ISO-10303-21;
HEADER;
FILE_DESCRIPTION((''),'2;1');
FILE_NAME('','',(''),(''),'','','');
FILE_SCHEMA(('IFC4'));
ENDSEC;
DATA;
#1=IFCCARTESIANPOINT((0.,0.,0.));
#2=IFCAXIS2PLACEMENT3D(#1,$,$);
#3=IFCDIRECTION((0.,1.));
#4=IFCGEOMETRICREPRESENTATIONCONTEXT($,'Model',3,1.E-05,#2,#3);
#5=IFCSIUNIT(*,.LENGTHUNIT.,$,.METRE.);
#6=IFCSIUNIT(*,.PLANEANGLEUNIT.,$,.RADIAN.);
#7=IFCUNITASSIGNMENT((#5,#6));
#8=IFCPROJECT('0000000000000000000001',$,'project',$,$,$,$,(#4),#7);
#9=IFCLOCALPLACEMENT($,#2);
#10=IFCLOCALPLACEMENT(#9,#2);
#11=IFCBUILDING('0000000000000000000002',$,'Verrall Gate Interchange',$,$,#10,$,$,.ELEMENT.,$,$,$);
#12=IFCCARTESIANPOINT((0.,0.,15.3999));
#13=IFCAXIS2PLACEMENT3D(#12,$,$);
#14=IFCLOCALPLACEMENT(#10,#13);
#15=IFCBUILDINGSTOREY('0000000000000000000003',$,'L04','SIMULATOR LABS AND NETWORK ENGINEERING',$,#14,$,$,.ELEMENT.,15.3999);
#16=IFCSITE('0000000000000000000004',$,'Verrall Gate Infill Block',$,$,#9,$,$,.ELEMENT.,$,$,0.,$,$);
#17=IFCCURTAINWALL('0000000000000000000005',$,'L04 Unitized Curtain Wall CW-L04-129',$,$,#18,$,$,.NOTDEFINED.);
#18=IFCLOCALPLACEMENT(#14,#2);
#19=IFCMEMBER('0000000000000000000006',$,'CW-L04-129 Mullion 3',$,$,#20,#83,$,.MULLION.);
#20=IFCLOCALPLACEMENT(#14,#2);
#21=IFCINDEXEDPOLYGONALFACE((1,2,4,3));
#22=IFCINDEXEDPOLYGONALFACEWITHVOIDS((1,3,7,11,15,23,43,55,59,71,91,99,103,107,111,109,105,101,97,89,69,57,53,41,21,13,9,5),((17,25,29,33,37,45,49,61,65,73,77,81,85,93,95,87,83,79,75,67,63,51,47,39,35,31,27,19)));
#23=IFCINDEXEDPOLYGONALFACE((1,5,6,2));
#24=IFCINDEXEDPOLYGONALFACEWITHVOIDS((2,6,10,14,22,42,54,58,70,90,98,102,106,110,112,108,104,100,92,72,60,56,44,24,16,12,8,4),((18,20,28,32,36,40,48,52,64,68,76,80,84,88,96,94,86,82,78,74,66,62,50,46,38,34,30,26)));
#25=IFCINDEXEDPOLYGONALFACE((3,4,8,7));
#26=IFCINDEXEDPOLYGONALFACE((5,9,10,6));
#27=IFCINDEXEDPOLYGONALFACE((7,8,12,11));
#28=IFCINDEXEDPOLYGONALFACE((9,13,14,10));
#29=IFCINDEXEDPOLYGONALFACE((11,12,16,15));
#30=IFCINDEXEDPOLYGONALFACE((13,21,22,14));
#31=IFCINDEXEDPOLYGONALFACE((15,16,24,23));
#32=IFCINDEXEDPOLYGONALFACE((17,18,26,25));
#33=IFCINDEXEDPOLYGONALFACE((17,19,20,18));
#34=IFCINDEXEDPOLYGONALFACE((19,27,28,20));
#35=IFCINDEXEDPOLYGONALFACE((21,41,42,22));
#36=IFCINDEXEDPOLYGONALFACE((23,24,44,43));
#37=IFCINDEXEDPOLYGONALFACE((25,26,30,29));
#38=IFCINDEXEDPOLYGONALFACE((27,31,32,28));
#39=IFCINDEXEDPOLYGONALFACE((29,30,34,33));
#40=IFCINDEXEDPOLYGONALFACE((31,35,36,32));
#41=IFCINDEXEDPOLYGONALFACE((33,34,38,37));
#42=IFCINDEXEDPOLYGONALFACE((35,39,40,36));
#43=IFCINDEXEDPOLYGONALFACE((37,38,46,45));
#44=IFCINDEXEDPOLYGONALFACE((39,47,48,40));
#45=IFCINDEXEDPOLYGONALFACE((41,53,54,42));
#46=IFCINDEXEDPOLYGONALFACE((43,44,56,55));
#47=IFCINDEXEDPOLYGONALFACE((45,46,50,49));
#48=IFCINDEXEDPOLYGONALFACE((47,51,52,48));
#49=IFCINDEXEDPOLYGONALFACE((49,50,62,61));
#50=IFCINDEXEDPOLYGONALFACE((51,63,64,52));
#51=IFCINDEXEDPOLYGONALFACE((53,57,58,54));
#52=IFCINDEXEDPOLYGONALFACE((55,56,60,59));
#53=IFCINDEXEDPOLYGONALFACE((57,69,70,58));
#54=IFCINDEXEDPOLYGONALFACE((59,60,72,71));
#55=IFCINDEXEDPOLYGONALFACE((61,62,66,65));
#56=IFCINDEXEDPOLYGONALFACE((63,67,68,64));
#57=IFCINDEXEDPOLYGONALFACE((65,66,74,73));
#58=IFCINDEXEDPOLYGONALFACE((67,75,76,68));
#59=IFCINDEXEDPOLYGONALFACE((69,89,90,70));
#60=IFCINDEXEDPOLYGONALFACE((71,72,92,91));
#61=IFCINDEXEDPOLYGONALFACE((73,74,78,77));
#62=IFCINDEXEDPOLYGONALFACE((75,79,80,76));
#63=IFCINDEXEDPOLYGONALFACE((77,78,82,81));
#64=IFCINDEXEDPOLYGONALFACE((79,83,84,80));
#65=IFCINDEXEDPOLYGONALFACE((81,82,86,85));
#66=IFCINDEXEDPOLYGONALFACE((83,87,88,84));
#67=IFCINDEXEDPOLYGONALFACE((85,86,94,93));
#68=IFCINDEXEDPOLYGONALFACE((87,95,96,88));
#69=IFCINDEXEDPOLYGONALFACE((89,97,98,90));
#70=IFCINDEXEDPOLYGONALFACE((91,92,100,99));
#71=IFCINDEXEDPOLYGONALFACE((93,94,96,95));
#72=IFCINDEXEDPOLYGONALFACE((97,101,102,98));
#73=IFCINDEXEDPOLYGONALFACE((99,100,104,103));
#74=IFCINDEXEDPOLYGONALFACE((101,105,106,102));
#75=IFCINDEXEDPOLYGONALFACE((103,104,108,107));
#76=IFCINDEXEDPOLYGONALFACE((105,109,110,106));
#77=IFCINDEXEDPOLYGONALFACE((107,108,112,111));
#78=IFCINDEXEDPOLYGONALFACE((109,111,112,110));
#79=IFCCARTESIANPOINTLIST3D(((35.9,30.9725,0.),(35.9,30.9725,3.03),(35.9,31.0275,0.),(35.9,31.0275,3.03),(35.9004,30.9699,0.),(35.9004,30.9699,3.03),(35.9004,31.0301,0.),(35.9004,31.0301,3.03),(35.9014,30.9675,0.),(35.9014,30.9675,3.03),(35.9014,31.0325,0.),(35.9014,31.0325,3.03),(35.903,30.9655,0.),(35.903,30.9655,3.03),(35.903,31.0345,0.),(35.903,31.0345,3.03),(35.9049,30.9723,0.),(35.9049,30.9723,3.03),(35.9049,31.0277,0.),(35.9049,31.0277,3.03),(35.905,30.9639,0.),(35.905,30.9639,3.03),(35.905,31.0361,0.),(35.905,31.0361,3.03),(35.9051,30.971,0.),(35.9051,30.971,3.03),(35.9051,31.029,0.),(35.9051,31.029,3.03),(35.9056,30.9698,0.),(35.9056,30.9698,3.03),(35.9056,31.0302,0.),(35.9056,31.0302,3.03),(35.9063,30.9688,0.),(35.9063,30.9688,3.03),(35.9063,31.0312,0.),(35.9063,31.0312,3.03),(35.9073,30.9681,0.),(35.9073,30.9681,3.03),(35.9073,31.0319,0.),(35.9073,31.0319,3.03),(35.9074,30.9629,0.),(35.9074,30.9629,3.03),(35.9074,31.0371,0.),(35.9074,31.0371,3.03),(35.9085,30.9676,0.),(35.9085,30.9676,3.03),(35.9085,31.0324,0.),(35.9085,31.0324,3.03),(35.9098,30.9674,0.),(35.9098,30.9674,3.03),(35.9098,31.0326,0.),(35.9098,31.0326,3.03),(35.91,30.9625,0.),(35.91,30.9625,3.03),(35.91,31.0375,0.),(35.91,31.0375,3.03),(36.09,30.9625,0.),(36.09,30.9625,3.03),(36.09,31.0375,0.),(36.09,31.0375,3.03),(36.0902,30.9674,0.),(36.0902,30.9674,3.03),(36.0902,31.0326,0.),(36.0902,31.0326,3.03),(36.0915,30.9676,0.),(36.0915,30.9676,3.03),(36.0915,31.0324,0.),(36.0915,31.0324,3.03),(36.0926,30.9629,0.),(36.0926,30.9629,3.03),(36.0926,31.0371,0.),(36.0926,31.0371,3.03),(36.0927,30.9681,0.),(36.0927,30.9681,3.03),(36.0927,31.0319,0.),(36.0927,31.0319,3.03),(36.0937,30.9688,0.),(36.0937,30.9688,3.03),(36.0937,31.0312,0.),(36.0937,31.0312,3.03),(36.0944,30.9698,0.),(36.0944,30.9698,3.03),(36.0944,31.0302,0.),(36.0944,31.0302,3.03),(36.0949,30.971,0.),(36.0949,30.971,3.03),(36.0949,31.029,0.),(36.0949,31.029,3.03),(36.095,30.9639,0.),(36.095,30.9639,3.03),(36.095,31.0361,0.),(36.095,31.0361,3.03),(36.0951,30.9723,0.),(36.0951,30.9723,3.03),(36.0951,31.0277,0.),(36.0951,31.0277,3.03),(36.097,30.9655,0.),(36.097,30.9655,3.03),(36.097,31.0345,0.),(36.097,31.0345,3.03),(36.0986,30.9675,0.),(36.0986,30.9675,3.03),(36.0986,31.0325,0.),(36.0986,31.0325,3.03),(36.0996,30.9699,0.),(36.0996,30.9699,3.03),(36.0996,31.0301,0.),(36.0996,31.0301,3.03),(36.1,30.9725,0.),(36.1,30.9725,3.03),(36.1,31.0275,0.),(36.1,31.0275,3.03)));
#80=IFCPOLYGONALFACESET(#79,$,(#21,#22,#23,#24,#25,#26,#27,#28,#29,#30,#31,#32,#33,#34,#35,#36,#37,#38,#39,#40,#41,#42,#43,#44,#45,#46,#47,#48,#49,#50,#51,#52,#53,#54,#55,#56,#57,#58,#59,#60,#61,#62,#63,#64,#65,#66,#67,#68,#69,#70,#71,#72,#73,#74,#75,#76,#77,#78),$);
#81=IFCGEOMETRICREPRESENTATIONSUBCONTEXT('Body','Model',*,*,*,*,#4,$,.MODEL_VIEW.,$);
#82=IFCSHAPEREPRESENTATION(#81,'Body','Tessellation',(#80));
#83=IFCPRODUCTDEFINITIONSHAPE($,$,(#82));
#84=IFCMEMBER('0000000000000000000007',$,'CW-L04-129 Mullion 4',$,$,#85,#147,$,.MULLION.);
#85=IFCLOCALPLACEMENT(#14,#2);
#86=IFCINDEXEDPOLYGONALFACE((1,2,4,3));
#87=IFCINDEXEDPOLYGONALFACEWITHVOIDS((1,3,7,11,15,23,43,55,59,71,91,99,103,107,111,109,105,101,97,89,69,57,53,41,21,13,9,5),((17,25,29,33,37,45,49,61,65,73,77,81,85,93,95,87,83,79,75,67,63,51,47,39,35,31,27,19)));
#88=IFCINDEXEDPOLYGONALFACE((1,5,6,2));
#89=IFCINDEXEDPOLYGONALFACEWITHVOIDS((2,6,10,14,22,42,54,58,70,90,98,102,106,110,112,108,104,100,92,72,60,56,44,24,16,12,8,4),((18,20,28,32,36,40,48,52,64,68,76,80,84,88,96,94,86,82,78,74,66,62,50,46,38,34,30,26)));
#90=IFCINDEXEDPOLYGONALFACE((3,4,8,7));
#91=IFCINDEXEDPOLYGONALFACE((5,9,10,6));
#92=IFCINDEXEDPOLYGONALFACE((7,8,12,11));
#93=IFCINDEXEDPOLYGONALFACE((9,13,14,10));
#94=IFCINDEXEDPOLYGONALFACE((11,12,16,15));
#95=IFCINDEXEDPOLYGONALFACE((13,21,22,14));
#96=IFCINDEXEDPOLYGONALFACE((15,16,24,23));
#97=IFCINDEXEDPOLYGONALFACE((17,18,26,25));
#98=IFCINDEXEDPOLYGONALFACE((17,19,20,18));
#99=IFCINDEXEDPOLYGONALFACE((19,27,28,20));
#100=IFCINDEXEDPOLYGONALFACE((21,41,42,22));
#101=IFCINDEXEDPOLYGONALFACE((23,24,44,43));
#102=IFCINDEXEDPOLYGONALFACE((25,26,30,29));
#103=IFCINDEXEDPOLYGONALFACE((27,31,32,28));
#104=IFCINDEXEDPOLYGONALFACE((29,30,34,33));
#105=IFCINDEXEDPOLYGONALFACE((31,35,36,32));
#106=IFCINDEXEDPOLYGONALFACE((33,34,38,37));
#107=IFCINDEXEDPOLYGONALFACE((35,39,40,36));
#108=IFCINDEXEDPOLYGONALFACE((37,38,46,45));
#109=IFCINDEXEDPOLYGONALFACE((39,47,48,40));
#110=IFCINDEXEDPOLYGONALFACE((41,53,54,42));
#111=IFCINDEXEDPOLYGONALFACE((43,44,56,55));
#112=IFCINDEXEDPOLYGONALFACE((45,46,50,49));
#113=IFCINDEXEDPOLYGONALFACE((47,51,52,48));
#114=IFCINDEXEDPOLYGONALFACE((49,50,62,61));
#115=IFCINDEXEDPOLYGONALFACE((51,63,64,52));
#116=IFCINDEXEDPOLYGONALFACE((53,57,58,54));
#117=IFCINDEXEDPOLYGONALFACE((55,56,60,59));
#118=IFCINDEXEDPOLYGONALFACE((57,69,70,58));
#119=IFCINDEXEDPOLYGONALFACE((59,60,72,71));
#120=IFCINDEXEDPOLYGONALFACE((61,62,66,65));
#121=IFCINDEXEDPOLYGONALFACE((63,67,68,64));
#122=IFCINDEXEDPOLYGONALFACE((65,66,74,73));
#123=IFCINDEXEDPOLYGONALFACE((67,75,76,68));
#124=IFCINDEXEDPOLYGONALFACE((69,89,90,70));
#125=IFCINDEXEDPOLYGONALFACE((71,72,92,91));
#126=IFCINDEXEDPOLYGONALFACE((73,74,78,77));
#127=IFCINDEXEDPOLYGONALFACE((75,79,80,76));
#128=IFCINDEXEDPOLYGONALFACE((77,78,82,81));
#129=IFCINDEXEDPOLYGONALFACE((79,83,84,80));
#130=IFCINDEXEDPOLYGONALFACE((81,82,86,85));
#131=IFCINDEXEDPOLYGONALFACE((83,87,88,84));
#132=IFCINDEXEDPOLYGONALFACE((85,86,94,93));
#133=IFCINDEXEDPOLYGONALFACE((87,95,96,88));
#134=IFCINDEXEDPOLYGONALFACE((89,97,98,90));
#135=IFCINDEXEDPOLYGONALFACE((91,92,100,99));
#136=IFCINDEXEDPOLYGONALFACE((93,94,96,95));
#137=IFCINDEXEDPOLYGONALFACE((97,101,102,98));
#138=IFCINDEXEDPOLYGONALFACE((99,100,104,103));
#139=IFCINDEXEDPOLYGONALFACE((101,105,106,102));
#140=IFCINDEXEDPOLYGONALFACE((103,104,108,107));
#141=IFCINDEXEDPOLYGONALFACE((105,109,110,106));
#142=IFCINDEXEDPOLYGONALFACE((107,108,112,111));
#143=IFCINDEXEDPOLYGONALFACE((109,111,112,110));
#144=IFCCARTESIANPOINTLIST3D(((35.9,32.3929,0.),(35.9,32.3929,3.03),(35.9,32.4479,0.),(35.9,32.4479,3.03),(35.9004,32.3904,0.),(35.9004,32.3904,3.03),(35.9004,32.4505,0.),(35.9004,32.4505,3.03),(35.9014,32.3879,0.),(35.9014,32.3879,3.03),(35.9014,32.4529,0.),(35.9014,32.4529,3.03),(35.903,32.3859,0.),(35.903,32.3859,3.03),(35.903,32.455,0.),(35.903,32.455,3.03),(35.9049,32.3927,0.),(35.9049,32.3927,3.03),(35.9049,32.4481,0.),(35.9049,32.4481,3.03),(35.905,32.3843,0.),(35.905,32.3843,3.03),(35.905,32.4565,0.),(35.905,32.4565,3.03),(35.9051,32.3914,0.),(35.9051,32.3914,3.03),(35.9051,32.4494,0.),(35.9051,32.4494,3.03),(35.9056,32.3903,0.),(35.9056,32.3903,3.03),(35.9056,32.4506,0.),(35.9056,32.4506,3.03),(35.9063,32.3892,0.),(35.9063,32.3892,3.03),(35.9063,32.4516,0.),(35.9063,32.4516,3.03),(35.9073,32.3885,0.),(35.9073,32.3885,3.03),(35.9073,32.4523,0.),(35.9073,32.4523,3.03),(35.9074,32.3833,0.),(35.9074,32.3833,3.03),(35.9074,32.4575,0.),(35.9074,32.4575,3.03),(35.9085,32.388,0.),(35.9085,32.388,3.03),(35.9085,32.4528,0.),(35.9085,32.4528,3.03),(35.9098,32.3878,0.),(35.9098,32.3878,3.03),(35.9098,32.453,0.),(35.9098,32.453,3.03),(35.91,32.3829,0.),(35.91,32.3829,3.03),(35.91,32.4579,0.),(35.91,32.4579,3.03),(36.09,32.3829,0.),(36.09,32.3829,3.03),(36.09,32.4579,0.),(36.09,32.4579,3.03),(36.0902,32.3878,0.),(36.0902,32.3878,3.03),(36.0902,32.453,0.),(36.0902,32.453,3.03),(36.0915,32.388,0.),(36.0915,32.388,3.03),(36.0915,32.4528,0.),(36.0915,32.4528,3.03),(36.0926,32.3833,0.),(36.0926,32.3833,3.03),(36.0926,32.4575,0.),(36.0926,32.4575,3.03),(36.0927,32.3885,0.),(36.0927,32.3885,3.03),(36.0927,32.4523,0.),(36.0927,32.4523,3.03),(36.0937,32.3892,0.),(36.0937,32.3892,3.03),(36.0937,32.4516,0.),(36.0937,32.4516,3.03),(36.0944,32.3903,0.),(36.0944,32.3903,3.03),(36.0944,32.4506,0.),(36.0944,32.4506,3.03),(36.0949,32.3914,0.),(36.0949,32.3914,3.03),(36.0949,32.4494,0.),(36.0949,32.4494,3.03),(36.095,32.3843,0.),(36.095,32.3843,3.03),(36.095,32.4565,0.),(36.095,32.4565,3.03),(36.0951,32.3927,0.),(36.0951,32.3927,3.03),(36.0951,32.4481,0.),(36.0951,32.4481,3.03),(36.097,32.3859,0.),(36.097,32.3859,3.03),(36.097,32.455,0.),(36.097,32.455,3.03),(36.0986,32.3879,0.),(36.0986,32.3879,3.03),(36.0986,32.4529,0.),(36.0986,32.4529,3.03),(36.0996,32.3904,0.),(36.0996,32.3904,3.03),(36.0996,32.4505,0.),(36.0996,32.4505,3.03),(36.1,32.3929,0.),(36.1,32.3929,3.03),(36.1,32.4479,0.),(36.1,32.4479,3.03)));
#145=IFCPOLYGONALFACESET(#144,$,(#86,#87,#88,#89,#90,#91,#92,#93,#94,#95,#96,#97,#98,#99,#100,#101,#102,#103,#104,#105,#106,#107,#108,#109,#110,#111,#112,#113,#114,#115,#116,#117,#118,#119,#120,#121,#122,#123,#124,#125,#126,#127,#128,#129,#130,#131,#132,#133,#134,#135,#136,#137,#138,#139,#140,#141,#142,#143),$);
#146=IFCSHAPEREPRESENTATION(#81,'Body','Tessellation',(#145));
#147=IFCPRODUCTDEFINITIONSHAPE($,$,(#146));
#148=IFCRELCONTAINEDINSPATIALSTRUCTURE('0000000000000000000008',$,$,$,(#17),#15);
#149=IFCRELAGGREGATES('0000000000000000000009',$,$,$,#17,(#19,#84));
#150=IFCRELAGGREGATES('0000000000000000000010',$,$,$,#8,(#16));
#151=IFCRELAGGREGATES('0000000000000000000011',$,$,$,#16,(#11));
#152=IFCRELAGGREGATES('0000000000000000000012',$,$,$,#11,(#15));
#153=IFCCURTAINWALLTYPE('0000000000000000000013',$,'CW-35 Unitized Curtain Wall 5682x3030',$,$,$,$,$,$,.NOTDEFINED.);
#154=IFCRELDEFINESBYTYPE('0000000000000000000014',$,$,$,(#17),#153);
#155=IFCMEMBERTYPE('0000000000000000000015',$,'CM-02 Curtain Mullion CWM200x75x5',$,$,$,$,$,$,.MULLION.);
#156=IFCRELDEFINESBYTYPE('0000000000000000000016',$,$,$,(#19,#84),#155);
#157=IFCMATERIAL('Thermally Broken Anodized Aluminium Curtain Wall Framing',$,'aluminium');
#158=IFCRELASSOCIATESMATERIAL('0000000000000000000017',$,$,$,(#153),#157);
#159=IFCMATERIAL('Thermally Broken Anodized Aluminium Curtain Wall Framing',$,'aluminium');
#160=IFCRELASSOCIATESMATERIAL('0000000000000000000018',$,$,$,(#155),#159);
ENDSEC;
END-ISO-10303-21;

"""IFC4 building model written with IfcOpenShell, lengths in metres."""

from ifc_helpers import new_model, si_unit, direction, frame, origin, origin_2d, place, context, subcontext, project, spatial, hollow_rectangle, extrude, material, material_profile, profile_set, type_object, element, aggregate, save


model = new_model("IFC4")

# Units and contexts
model_context = context("Model", 3, precision=1e-05, world=origin(), true_north=direction((0.0, 1.0)))
body_context = subcontext(model_context, "Body", "Model", "MODEL_VIEW")
ifc_project = project(units=[si_unit("LENGTHUNIT", "METRE"), si_unit("PLANEANGLEUNIT", "RADIAN")], contexts=[model_context])

# Site, building, storey
site_placement = place(None, origin())
site = spatial("IfcSite", under=ifc_project, at=site_placement, Name="Verrall Gate Infill Block", CompositionType="ELEMENT", RefElevation=0.0)
building_placement = place(site_placement, origin())
building = spatial("IfcBuilding", under=site, at=building_placement, Name="Verrall Gate Interchange", CompositionType="ELEMENT")
storey_placement = place(building_placement, frame((0.0, 0.0, 15.3999)))
storey = spatial("IfcBuildingStorey", under=building, at=storey_placement, Name="L04", Description="SIMULATOR LABS AND NETWORK ENGINEERING", CompositionType="ELEMENT", Elevation=15.3999)

# Curtain wall, members
ifc_material_1 = material(Name="Thermally Broken Anodized Aluminium Curtain Wall Framing", Category="aluminium")
curtain_wall_type = type_object("IfcCurtainWallType", Name="CW-35 Unitized Curtain Wall 5682x3030", PredefinedType="NOTDEFINED", material=ifc_material_1)
curtain_wall_placement = place(storey_placement, origin())
curtain_wall = element("IfcCurtainWall", 1, at=curtain_wall_placement, inside=storey, type_object=curtain_wall_type, Name="L04 Unitized Curtain Wall CW-L04-129", PredefinedType="NOTDEFINED")
ifc_material_2 = material(Name="Thermally Broken Anodized Aluminium Curtain Wall Framing", Category="aluminium")
ifc_material_profile_1 = material_profile(ifc_material_2, hollow_rectangle(XDim=0.075, YDim=0.2, WallThickness=0.0049, InnerFilletRadius=0.0049, OuterFilletRadius=0.01, at=origin_2d()), Name="CWM200x75x5")
ifc_profile_set_1 = profile_set([ifc_material_profile_1], Name="Thermally Broken Anodized Aluminium Curtain Wall Framing")
member_type_1 = type_object("IfcMemberType", Name="CM-02 Curtain Mullion CWM200x75x5", PredefinedType="MULLION", material=ifc_profile_set_1)
member_1_placement = place(storey_placement, frame((36.0, 31.0, 0.0), z_axis=(0.0, 0.0, 1.0), x_axis=(0.0, 1.0, 0.0)))
member_1 = element("IfcMember", 2, at=member_1_placement, type_object=member_type_1, Name="CW-L04-129 Mullion 3", PredefinedType="MULLION", context=body_context, shape_type="SweptSolid", body=[
    extrude(hollow_rectangle(XDim=0.075, YDim=0.2, WallThickness=0.0049, InnerFilletRadius=0.0049, OuterFilletRadius=0.01, at=origin_2d()), origin(), (0.0, 0.0, 1.0), 3.03),
])
member_2_placement = place(storey_placement, frame((36.0, 32.4204, 0.0), z_axis=(0.0, 0.0, 1.0), x_axis=(0.0, 1.0, 0.0)))
member_2 = element("IfcMember", 3, at=member_2_placement, type_object=member_type_1, Name="CW-L04-129 Mullion 4", PredefinedType="MULLION", context=body_context, shape_type="SweptSolid", body=[
    extrude(hollow_rectangle(XDim=0.075, YDim=0.2, WallThickness=0.0049, InnerFilletRadius=0.0049, OuterFilletRadius=0.01, at=origin_2d()), origin(), (0.0, 0.0, 1.0), 3.03),
])

aggregate(curtain_wall, [member_1, member_2])

save(model, "model.ifc")
